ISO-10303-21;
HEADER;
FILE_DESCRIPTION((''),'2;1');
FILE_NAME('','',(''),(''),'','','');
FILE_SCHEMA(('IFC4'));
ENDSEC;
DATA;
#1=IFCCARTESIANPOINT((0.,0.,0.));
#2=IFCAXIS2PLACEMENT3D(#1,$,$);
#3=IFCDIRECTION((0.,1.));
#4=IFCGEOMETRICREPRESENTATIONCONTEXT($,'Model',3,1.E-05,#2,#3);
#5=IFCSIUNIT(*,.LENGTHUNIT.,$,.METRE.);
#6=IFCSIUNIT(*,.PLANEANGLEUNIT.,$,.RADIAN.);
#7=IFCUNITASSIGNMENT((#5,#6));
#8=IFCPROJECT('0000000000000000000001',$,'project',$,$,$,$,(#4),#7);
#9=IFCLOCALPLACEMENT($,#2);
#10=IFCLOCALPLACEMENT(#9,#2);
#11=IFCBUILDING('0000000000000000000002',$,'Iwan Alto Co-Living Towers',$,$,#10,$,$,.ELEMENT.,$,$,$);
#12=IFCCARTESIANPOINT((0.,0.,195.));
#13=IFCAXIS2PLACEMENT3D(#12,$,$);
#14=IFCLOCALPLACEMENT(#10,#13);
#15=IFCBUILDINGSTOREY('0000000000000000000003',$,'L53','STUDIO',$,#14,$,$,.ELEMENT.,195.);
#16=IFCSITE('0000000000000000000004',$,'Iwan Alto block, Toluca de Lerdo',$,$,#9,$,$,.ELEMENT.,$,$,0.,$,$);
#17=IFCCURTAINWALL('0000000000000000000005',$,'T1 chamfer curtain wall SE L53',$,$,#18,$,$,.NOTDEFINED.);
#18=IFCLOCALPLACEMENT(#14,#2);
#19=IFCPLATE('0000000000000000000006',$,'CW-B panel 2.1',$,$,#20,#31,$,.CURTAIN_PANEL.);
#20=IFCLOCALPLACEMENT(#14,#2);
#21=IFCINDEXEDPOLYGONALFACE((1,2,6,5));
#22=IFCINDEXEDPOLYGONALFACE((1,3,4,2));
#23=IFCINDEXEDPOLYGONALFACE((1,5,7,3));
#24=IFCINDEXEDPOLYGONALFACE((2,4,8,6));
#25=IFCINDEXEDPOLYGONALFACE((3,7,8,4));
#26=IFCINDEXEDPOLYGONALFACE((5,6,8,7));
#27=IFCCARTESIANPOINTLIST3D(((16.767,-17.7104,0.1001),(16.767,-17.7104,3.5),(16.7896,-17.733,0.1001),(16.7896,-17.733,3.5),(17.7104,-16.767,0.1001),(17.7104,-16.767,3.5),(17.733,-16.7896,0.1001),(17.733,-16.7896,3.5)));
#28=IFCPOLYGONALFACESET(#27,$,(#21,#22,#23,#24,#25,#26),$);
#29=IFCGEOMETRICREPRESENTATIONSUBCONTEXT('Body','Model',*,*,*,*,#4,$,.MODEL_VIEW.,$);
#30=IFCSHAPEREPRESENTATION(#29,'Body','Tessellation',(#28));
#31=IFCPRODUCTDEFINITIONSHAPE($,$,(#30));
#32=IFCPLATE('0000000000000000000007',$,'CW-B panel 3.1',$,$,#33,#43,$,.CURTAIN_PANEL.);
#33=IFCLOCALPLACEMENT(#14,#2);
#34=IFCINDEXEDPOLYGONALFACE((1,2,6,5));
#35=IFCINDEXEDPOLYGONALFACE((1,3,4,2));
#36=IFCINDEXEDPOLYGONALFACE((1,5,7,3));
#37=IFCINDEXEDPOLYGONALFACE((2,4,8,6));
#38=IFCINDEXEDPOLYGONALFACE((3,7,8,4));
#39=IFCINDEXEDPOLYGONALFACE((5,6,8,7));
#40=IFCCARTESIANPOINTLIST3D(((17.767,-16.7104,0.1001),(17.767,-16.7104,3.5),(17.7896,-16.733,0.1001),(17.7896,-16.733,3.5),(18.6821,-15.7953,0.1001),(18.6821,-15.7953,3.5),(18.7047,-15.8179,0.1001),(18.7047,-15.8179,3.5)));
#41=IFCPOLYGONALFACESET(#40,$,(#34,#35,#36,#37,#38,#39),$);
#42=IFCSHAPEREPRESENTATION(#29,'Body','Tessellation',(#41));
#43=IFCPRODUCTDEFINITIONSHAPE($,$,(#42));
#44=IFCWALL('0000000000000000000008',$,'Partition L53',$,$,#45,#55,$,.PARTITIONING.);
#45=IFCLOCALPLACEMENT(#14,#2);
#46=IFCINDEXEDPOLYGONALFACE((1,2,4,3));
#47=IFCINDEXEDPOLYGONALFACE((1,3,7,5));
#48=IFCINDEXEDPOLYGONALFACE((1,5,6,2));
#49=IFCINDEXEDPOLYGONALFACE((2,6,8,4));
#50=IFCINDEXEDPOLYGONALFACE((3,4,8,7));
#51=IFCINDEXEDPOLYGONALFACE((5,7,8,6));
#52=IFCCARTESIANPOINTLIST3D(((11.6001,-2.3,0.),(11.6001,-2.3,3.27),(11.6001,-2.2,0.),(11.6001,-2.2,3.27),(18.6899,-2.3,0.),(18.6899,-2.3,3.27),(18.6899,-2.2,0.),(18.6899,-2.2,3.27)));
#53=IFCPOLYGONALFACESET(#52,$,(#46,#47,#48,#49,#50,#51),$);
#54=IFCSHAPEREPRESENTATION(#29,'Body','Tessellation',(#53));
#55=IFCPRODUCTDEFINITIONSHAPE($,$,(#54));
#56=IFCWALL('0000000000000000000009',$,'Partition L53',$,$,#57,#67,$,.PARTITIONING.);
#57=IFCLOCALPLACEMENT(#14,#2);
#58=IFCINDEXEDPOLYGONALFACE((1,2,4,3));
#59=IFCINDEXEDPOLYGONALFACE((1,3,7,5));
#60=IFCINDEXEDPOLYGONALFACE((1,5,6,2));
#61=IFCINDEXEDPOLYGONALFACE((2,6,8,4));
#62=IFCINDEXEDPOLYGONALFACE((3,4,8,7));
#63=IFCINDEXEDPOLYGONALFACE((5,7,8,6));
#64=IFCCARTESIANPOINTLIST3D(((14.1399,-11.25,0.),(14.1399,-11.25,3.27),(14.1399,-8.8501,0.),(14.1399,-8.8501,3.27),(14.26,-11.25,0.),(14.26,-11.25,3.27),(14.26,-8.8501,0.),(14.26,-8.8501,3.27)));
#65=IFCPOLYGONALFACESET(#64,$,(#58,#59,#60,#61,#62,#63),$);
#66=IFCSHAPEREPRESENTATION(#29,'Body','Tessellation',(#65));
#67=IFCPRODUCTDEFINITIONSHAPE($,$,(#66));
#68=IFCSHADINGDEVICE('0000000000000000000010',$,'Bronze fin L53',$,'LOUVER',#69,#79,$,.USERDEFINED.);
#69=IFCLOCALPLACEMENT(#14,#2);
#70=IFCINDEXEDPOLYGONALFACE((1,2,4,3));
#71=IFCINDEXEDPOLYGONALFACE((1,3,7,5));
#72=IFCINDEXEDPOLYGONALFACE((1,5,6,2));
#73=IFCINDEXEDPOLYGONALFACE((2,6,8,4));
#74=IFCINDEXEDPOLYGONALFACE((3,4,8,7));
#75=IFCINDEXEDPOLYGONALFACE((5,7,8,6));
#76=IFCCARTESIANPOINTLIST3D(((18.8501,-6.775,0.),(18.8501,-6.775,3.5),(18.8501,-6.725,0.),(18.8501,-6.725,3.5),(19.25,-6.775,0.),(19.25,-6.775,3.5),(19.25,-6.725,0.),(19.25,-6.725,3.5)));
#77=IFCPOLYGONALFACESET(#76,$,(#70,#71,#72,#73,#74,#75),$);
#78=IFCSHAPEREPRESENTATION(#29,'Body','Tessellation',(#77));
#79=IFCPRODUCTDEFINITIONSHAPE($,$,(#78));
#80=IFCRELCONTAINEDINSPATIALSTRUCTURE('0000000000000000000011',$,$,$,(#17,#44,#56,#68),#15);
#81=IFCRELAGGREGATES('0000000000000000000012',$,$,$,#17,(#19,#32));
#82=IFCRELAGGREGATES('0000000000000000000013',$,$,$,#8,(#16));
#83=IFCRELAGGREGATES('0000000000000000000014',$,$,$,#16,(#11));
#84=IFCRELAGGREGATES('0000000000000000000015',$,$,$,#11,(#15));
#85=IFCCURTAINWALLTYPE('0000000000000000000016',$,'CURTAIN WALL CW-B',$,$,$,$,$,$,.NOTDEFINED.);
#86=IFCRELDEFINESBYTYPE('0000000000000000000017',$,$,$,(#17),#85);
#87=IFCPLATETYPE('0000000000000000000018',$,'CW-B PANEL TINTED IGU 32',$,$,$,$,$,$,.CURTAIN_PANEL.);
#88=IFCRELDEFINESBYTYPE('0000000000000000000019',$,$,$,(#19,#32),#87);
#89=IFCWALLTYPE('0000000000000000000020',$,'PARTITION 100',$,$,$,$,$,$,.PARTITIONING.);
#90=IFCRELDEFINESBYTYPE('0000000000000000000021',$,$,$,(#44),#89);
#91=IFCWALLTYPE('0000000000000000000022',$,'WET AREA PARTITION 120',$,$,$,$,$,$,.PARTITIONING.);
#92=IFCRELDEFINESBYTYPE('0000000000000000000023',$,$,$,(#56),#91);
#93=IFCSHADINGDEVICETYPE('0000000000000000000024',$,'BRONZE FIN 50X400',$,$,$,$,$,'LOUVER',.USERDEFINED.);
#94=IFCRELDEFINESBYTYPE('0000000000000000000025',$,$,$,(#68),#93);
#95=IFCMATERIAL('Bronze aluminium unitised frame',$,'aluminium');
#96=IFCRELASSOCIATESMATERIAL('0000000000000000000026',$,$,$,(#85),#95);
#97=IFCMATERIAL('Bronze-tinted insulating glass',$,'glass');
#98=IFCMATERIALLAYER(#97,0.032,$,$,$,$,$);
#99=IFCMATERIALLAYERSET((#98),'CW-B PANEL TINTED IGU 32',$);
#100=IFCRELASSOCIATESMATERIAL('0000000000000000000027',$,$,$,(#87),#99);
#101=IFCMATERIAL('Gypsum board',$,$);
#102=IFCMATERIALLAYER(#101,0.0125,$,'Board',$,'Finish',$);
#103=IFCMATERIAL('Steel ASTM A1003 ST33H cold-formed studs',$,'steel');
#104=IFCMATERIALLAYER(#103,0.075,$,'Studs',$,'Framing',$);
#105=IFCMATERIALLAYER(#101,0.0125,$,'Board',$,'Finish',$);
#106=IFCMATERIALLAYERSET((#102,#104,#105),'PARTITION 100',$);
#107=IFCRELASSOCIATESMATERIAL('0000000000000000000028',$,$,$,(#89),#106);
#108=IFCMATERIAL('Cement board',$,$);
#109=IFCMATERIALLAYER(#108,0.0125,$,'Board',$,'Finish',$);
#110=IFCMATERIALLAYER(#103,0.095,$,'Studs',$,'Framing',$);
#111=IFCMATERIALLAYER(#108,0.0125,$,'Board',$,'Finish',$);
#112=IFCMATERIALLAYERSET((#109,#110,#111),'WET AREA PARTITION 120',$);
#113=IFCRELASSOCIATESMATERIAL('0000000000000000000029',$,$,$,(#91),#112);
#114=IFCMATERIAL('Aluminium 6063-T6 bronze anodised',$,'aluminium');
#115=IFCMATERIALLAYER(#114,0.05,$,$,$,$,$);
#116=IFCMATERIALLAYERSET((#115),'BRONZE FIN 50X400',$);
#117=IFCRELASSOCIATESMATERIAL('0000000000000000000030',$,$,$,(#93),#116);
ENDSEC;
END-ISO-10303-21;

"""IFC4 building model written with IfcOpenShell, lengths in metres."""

from ifc_helpers import new_model, si_unit, direction, frame, frame_2d, origin, origin_2d, place, context, subcontext, project, spatial, rectangle, extrude, material, layer, layer_set, type_object, element, aggregate, save


model = new_model("IFC4")

# Units and contexts
model_context = context("Model", 3, precision=1e-05, world=origin(), true_north=direction((0.0, 1.0)))
body_context = subcontext(model_context, "Body", "Model", "MODEL_VIEW")
ifc_project = project(units=[si_unit("LENGTHUNIT", "METRE"), si_unit("PLANEANGLEUNIT", "RADIAN")], contexts=[model_context])

# Site, building, storey
site_placement = place(None, origin())
site = spatial("IfcSite", under=ifc_project, at=site_placement, Name="Iwan Alto block, Toluca de Lerdo", CompositionType="ELEMENT", RefElevation=0.0)
building_placement = place(site_placement, origin())
building = spatial("IfcBuilding", under=site, at=building_placement, Name="Iwan Alto Co-Living Towers", CompositionType="ELEMENT")
storey_placement = place(building_placement, frame((0.0, 0.0, 195.0)))
storey = spatial("IfcBuildingStorey", under=building, at=storey_placement, Name="L53", Description="STUDIO", CompositionType="ELEMENT", Elevation=195.0)

# Curtain wall
ifc_material_1 = material(Name="Bronze aluminium unitised frame", Category="aluminium")
curtain_wall_type_1 = type_object("IfcCurtainWallType", Name="CURTAIN WALL CW-B", PredefinedType="NOTDEFINED", material=ifc_material_1)
curtain_wall_1_placement = place(storey_placement, origin())
curtain_wall_1 = element("IfcCurtainWall", 1, at=curtain_wall_1_placement, inside=storey, type_object=curtain_wall_type_1, Name="T1 chamfer curtain wall SE L53", PredefinedType="NOTDEFINED")

# Plates
ifc_material_2 = material(Name="Bronze-tinted insulating glass", Category="glass")
ifc_layer_1 = layer(ifc_material_2, 0.032)
ifc_layer_set_1 = layer_set([ifc_layer_1], Name="CW-B PANEL TINTED IGU 32")
plate_type_1 = type_object("IfcPlateType", Name="CW-B PANEL TINTED IGU 32", PredefinedType="CURTAIN_PANEL", material=ifc_layer_set_1)
plate_1_placement = place(storey_placement, frame((17.25, -17.25, 0.1001), z_axis=(0.0, 0.0, 1.0), x_axis=(0.707107, 0.707107, 0.0)))
plate_1 = element("IfcPlate", 2, at=plate_1_placement, type_object=plate_type_1, Name="CW-B panel 2.1", PredefinedType="CURTAIN_PANEL", context=body_context, shape_type="SweptSolid", body=[
    extrude(rectangle(XDim=1.3342, YDim=0.032, at=origin_2d()), origin(), (0.0, 0.0, 1.0), 3.3999),
])
plate_2_placement = place(storey_placement, frame((18.2358, -16.2642, 0.1001), z_axis=(0.0, 0.0, 1.0), x_axis=(0.707107, 0.707107, 0.0)))
plate_2 = element("IfcPlate", 3, at=plate_2_placement, type_object=plate_type_1, Name="CW-B panel 3.1", PredefinedType="CURTAIN_PANEL", context=body_context, shape_type="SweptSolid", body=[
    extrude(rectangle(XDim=1.2942, YDim=0.032, at=origin_2d()), origin(), (0.0, 0.0, 1.0), 3.3999),
])
aggregate(curtain_wall_1, [plate_1, plate_2])

# Walls
ifc_material_3 = material(Name="Gypsum board")
ifc_layer_2 = layer(ifc_material_3, 0.0125, Name="Board", Category="Finish")
ifc_material_4 = material(Name="Steel ASTM A1003 ST33H cold-formed studs", Category="steel")
ifc_layer_3 = layer(ifc_material_4, 0.075, Name="Studs", Category="Framing")
ifc_layer_4 = layer(ifc_material_3, 0.0125, Name="Board", Category="Finish")
ifc_layer_set_2 = layer_set([ifc_layer_2, ifc_layer_3, ifc_layer_4], Name="PARTITION 100")
wall_type_1 = type_object("IfcWallType", Name="PARTITION 100", PredefinedType="PARTITIONING", material=ifc_layer_set_2)
wall_1_placement = place(storey_placement, frame((11.6001, -2.25, 0.0), z_axis=(0.0, 0.0, 1.0), x_axis=(1.0, 0.0, 0.0)))
element("IfcWall", 4, at=wall_1_placement, inside=storey, type_object=wall_type_1, Name="Partition L53", PredefinedType="PARTITIONING", context=body_context, shape_type="SweptSolid", body=[
    extrude(rectangle(XDim=7.0898, YDim=0.1001, at=frame_2d((3.5449, 0.0))), origin(), (0.0, 0.0, 1.0), 3.27),
])
ifc_material_5 = material(Name="Cement board")
ifc_layer_5 = layer(ifc_material_5, 0.0125, Name="Board", Category="Finish")
ifc_layer_6 = layer(ifc_material_4, 0.095, Name="Studs", Category="Framing")
ifc_layer_7 = layer(ifc_material_5, 0.0125, Name="Board", Category="Finish")
ifc_layer_set_3 = layer_set([ifc_layer_5, ifc_layer_6, ifc_layer_7], Name="WET AREA PARTITION 120")
wall_type_2 = type_object("IfcWallType", Name="WET AREA PARTITION 120", PredefinedType="PARTITIONING", material=ifc_layer_set_3)
wall_2_placement = place(storey_placement, frame((14.2, -11.25, 0.0), z_axis=(0.0, 0.0, 1.0), x_axis=(0.0, 1.0, 0.0)))
element("IfcWall", 5, at=wall_2_placement, inside=storey, type_object=wall_type_2, Name="Partition L53", PredefinedType="PARTITIONING", context=body_context, shape_type="SweptSolid", body=[
    extrude(rectangle(XDim=2.3999, YDim=0.1201, at=frame_2d((1.2, 0.0))), origin(), (0.0, 0.0, 1.0), 3.27),
])

# Shading device
ifc_material_6 = material(Name="Aluminium 6063-T6 bronze anodised", Category="aluminium")
ifc_layer_8 = layer(ifc_material_6, 0.05)
ifc_layer_set_4 = layer_set([ifc_layer_8], Name="BRONZE FIN 50X400")
shading_device_type = type_object("IfcShadingDeviceType", Name="BRONZE FIN 50X400", ElementType="LOUVER", PredefinedType="USERDEFINED", material=ifc_layer_set_4)
shading_device_placement = place(storey_placement, frame((19.05, -6.75, 0.0), z_axis=(0.0, 0.0, 1.0), x_axis=(0.0, 1.0, 0.0)))
element("IfcShadingDevice", 6, at=shading_device_placement, inside=storey, type_object=shading_device_type, Name="Bronze fin L53", ObjectType="LOUVER", PredefinedType="USERDEFINED", context=body_context, shape_type="SweptSolid", body=[
    extrude(rectangle(XDim=0.05, YDim=0.3999, at=origin_2d()), origin(), (0.0, 0.0, 1.0), 3.5),
])

save(model, "model.ifc")
